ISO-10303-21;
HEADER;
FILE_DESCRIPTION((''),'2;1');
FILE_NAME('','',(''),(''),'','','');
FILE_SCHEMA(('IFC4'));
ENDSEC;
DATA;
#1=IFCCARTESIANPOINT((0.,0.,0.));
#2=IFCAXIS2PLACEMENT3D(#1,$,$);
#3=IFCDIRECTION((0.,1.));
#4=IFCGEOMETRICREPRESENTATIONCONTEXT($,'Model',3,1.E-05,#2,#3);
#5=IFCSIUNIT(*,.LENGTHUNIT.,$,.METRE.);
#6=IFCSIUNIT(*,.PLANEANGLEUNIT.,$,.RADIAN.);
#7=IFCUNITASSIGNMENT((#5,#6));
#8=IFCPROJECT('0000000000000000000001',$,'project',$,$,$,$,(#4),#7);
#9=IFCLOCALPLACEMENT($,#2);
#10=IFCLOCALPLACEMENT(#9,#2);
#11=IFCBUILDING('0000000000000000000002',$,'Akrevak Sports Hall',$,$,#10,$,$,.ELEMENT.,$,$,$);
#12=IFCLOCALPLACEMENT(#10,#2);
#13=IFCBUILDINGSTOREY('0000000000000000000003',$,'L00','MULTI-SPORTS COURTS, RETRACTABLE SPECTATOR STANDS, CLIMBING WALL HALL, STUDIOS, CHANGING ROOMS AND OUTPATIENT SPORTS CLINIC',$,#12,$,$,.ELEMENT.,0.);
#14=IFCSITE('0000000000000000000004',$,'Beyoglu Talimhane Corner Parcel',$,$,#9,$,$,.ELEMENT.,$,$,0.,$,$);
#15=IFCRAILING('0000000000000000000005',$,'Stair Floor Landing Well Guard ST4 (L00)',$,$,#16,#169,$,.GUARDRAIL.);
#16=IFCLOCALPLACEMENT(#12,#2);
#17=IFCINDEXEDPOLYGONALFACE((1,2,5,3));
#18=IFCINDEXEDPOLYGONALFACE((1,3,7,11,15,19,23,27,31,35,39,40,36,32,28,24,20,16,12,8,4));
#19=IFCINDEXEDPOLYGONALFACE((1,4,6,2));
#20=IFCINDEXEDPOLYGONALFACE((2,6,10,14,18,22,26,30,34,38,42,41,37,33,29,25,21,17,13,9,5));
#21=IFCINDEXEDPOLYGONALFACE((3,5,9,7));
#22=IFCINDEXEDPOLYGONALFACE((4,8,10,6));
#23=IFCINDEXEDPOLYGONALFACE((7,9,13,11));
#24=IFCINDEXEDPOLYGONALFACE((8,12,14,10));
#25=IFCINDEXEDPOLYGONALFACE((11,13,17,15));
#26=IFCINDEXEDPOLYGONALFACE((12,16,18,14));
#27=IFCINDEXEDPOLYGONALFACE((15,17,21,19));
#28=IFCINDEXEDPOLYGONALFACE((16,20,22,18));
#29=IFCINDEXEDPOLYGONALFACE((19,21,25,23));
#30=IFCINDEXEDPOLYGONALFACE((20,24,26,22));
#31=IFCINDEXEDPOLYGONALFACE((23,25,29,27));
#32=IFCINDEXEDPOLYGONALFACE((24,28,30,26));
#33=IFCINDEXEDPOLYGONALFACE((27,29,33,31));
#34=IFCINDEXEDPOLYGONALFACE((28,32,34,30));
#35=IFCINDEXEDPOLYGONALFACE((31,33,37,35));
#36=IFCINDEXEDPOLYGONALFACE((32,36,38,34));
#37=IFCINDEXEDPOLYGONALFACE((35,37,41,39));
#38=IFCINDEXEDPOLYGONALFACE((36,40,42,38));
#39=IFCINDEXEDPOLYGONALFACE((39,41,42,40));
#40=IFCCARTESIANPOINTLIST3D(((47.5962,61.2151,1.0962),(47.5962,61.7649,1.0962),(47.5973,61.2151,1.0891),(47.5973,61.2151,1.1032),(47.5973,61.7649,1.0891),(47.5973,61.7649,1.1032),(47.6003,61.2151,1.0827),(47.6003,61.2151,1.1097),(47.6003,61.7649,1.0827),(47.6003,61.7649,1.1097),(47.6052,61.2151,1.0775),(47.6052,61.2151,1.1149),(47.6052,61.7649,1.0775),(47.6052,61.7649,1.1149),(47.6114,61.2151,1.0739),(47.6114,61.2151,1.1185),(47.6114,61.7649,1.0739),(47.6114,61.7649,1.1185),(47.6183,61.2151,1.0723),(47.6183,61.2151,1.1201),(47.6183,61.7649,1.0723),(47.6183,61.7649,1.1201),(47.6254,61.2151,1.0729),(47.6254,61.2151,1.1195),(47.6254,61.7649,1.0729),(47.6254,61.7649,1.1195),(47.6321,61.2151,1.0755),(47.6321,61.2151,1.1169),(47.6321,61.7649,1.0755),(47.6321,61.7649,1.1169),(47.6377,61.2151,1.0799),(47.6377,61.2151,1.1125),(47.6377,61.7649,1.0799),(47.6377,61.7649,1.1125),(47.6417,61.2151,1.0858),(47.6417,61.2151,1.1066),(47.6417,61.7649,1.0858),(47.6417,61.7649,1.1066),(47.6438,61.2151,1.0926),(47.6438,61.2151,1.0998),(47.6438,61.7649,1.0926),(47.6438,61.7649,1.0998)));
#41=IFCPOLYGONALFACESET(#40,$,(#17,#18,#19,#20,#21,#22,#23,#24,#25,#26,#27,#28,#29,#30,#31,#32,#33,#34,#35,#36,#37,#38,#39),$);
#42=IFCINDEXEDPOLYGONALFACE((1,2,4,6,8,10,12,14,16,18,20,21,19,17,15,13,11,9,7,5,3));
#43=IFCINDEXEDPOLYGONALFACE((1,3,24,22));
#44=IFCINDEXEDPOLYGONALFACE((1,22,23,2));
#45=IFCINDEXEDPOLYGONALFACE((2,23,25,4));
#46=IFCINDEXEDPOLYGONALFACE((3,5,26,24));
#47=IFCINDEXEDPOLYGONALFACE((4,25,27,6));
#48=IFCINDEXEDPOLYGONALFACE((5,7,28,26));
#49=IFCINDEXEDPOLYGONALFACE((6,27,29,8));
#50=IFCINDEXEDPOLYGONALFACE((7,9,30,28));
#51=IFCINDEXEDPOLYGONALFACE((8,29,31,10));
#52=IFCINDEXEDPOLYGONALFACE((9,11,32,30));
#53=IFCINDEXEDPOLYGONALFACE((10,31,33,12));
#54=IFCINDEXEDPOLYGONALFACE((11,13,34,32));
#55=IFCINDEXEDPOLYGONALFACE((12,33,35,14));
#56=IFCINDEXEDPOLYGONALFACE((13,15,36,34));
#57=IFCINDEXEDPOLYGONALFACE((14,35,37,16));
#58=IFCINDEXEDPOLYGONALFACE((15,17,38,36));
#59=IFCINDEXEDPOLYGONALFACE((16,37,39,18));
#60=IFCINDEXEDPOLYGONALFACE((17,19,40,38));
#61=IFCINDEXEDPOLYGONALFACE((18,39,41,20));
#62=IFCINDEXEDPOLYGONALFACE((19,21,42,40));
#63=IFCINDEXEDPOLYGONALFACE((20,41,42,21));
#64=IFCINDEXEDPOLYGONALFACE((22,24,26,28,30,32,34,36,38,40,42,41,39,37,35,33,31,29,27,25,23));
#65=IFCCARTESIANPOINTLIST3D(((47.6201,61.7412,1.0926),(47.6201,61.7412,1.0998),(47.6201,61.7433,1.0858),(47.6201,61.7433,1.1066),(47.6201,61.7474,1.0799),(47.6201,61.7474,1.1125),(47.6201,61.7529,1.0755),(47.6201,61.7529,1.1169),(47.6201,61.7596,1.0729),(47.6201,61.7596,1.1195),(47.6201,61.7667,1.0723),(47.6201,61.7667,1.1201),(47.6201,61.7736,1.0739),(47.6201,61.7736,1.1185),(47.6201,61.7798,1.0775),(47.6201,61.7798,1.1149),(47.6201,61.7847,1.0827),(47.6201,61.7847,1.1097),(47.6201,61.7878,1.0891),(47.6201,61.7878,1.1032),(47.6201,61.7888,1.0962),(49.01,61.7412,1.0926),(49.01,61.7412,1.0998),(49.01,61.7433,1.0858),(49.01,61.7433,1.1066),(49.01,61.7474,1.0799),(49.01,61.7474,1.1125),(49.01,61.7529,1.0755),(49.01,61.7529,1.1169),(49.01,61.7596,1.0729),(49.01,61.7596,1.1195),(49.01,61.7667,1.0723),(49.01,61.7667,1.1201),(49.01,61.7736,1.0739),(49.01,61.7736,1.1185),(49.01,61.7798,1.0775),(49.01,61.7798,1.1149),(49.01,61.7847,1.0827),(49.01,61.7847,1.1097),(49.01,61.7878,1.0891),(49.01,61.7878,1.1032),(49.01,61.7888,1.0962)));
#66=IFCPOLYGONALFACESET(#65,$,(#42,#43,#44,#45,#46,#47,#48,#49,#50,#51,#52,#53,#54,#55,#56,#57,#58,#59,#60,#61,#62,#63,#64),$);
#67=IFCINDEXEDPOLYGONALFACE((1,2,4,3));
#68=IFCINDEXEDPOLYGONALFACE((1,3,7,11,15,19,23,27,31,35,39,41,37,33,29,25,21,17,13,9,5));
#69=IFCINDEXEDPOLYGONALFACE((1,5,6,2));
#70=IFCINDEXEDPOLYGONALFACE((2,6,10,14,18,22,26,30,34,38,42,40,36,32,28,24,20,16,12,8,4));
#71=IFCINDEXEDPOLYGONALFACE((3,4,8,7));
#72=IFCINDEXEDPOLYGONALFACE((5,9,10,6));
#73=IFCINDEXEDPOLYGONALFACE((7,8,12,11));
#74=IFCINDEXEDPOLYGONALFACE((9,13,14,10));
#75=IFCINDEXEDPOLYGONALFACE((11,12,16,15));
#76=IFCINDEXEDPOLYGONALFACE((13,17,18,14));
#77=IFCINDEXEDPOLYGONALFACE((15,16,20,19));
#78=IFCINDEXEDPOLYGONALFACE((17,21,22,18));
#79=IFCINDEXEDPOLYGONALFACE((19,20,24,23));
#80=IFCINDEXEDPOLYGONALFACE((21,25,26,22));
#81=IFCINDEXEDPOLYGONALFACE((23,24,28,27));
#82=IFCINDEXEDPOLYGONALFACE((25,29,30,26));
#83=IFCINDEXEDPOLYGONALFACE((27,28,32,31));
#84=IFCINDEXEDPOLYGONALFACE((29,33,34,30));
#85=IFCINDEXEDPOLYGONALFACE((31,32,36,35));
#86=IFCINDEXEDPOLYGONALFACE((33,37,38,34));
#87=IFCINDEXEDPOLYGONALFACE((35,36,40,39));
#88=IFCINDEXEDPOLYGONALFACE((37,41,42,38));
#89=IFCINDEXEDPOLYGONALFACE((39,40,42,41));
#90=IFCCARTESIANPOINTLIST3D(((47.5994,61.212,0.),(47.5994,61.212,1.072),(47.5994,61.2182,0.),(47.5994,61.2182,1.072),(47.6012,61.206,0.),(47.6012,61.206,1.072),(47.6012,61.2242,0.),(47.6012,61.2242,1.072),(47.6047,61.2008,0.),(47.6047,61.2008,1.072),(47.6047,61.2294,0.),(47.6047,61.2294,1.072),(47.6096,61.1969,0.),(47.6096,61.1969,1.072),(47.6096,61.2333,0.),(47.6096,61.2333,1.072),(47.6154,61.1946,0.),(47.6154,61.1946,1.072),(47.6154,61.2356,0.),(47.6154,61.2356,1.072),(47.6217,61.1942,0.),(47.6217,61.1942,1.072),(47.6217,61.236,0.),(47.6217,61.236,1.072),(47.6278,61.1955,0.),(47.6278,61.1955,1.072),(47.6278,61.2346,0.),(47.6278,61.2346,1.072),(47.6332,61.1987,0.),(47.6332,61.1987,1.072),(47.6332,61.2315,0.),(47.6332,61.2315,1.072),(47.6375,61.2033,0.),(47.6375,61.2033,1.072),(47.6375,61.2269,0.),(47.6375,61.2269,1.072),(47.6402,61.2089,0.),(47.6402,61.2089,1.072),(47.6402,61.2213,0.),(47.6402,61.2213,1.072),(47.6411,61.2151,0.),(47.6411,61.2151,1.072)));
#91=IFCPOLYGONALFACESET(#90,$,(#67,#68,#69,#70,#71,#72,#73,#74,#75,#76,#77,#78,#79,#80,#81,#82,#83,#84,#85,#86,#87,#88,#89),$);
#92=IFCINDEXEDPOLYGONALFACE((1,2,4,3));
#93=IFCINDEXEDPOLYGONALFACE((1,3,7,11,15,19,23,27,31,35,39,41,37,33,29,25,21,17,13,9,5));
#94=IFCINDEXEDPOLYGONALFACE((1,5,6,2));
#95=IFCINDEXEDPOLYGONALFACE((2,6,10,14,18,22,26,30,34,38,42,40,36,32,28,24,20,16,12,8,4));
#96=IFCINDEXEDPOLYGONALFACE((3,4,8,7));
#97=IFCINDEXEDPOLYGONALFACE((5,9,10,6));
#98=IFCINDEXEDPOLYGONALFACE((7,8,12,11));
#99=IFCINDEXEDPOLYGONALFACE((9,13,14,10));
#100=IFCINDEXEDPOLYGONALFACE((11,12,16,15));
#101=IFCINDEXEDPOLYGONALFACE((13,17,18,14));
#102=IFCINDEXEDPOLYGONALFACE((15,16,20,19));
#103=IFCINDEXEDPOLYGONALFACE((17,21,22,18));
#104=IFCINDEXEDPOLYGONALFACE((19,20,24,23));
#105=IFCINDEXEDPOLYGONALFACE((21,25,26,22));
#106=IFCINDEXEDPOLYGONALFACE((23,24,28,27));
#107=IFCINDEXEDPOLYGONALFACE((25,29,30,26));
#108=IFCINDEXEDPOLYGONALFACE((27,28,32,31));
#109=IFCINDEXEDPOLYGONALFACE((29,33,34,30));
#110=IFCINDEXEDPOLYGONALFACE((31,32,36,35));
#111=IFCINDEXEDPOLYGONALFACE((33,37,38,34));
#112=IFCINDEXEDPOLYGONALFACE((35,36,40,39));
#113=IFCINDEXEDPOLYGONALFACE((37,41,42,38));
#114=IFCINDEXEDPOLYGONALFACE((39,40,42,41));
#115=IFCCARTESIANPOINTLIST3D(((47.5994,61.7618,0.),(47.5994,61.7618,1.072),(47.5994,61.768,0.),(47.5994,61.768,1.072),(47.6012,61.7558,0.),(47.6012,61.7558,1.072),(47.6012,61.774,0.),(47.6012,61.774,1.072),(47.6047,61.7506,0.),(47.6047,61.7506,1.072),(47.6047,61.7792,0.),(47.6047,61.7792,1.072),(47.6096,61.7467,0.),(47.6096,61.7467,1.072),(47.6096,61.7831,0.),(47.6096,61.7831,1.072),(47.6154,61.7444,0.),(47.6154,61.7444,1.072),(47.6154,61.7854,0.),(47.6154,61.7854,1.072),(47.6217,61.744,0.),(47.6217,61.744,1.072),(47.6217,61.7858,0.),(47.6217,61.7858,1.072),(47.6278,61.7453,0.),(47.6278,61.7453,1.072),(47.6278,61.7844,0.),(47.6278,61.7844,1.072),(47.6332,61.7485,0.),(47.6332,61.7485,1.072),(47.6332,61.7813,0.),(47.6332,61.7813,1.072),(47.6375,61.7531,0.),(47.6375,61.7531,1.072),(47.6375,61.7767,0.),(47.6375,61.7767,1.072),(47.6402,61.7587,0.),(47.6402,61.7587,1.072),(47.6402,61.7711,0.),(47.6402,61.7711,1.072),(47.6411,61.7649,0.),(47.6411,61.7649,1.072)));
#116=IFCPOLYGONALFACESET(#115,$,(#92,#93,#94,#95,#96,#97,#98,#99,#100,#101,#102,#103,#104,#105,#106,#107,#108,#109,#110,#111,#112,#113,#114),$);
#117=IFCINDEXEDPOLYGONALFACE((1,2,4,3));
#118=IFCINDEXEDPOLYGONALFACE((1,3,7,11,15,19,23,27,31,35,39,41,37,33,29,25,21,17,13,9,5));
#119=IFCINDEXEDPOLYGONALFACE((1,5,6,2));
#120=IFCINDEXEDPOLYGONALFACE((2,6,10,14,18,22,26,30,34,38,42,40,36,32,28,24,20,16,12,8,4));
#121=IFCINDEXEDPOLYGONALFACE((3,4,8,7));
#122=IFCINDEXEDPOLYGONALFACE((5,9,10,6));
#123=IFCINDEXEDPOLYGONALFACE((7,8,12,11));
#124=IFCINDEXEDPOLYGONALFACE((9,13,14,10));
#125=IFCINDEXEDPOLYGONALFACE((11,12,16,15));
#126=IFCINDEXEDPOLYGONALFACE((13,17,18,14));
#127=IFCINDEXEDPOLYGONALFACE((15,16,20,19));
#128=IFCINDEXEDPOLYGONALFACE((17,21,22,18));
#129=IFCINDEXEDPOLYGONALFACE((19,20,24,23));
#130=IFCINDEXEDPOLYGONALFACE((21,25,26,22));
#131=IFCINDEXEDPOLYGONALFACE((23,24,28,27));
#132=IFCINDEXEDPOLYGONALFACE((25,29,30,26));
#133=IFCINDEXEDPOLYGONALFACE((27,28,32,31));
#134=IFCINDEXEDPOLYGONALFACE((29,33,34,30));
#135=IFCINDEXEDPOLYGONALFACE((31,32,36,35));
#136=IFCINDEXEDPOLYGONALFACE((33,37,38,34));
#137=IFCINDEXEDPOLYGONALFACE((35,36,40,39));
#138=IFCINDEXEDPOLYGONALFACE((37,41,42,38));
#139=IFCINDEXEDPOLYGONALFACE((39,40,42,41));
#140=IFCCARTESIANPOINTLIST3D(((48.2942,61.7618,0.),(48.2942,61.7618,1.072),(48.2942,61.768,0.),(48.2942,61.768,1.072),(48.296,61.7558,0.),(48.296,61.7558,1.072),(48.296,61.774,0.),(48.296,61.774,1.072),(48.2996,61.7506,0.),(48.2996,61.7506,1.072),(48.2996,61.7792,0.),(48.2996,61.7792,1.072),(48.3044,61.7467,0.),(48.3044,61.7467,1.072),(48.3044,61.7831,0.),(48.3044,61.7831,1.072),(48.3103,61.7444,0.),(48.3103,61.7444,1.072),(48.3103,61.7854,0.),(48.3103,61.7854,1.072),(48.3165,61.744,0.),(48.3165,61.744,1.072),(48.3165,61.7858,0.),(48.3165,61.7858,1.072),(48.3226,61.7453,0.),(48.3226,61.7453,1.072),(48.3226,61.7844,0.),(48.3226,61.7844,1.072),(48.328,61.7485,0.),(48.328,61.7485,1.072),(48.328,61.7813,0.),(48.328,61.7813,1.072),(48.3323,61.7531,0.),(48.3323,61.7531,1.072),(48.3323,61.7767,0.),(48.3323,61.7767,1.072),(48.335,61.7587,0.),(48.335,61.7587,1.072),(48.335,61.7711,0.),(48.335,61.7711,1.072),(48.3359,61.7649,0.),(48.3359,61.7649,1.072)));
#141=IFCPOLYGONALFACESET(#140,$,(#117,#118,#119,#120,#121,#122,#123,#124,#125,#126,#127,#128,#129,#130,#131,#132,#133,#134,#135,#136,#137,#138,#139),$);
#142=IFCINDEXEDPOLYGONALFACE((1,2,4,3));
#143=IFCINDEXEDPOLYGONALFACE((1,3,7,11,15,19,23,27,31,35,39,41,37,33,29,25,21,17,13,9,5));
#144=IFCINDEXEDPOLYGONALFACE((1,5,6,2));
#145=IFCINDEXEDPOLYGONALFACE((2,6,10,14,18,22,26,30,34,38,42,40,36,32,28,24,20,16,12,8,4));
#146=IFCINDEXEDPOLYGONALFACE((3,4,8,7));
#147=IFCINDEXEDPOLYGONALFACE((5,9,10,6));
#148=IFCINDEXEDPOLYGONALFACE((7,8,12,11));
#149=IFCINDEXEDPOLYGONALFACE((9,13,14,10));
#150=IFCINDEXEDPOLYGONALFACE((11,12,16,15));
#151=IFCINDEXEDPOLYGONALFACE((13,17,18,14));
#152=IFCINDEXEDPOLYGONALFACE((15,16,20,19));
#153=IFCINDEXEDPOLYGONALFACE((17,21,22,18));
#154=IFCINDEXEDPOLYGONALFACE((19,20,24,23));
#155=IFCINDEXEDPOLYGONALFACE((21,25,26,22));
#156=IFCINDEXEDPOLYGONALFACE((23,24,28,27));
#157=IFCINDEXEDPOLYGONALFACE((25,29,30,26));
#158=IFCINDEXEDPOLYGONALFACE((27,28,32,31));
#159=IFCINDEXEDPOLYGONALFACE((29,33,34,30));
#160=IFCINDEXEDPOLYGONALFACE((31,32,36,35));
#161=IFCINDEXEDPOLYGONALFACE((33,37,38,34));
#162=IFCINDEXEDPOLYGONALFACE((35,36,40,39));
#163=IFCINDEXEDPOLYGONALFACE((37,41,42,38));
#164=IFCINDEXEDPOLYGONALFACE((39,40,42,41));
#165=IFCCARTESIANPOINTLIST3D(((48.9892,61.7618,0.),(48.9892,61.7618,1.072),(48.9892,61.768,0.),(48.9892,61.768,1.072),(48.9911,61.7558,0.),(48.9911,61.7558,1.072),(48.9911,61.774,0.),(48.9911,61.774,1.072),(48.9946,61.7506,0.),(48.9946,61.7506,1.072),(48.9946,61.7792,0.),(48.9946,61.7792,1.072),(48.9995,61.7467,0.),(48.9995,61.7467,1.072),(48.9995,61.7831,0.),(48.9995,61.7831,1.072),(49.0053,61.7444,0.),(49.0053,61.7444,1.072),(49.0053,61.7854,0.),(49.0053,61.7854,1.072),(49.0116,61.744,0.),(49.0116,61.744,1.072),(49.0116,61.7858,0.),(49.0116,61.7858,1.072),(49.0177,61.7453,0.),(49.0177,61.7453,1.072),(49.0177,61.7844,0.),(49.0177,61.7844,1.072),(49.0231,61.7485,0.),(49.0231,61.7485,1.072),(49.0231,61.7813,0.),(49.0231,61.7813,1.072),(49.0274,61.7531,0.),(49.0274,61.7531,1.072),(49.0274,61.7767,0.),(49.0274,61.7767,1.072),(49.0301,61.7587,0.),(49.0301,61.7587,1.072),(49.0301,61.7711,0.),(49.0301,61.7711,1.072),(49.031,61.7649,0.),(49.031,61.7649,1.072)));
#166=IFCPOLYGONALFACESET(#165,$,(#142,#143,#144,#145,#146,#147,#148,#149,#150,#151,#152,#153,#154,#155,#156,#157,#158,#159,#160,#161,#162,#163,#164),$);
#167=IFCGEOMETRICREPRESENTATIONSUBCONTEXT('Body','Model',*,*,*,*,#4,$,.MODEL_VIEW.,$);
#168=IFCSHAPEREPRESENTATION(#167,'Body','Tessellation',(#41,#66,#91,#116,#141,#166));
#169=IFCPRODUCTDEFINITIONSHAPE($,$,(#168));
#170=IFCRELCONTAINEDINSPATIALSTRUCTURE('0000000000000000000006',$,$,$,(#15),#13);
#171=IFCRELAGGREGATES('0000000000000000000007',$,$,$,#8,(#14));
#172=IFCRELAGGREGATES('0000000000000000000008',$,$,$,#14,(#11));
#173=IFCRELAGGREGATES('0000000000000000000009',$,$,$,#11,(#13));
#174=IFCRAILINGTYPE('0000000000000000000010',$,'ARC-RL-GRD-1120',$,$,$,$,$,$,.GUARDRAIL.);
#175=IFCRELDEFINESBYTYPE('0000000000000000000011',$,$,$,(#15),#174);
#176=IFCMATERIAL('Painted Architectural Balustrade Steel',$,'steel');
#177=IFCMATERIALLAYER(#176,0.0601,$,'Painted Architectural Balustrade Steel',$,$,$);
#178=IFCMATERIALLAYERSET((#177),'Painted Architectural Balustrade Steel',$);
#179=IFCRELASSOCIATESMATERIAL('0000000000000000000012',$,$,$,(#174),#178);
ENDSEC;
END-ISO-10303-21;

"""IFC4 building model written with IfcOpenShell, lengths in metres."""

from ifc_helpers import new_model, si_unit, direction, frame, origin, origin_2d, place, context, subcontext, project, spatial, circle, extrude, material, layer, layer_set, type_object, element, save


model = new_model("IFC4")

# Units and contexts
model_context = context("Model", 3, precision=1e-05, world=origin(), true_north=direction((0.0, 1.0)))
body_context = subcontext(model_context, "Body", "Model", "MODEL_VIEW")
ifc_project = project(units=[si_unit("LENGTHUNIT", "METRE"), si_unit("PLANEANGLEUNIT", "RADIAN")], contexts=[model_context])

# Site, building, storey
site_placement = place(None, origin())
site = spatial("IfcSite", under=ifc_project, at=site_placement, Name="Beyoglu Talimhane Corner Parcel", CompositionType="ELEMENT", RefElevation=0.0)
building_placement = place(site_placement, origin())
building = spatial("IfcBuilding", under=site, at=building_placement, Name="Akrevak Sports Hall", CompositionType="ELEMENT")
storey_placement = place(building_placement, origin())
storey = spatial("IfcBuildingStorey", under=building, at=storey_placement, Name="L00", Description="MULTI-SPORTS COURTS, RETRACTABLE SPECTATOR STANDS, CLIMBING WALL HALL, STUDIOS, CHANGING ROOMS AND OUTPATIENT SPORTS CLINIC", CompositionType="ELEMENT", Elevation=0.0)

# Railing
ifc_material_1 = material(Name="Painted Architectural Balustrade Steel", Category="steel")
ifc_layer_1 = layer(ifc_material_1, 0.0601, Name="Painted Architectural Balustrade Steel")
ifc_layer_set_1 = layer_set([ifc_layer_1], Name="Painted Architectural Balustrade Steel")
railing_type_1 = type_object("IfcRailingType", Name="ARC-RL-GRD-1120", PredefinedType="GUARDRAIL", material=ifc_layer_set_1)
railing_1_placement = place(storey_placement, frame((47.6201, 61.2151, 0.0)))
element("IfcRailing", 1, at=railing_1_placement, inside=storey, type_object=railing_type_1, Name="Stair Floor Landing Well Guard ST4 (L00)", PredefinedType="GUARDRAIL", context=body_context, shape_type="SweptSolid", body=[
    extrude(circle(Radius=0.0239, at=origin_2d()), frame((0.0, 0.0, 1.0962), z_axis=(0.0, 1.0, 0.0), x_axis=(-1.0, 0.0, 0.0)), (0.0, 0.0, 1.0), 0.5498),
    extrude(circle(Radius=0.0239, at=origin_2d()), frame((0.0, 0.5498, 1.0962), z_axis=(1.0, 0.0, 0.0), x_axis=(0.0, 1.0, 0.0)), (0.0, 0.0, 1.0), 1.3899),
    extrude(circle(Radius=0.021, at=origin_2d()), origin(), (0.0, 0.0, 1.0), 1.072),
    extrude(circle(Radius=0.021, at=origin_2d()), frame((0.0, 0.5498, 0.0)), (0.0, 0.0, 1.0), 1.072),
    extrude(circle(Radius=0.021, at=origin_2d()), frame((0.6948, 0.5498, 0.0)), (0.0, 0.0, 1.0), 1.072),
    extrude(circle(Radius=0.021, at=origin_2d()), frame((1.3899, 0.5498, 0.0)), (0.0, 0.0, 1.0), 1.072),
])

save(model, "model.ifc")
